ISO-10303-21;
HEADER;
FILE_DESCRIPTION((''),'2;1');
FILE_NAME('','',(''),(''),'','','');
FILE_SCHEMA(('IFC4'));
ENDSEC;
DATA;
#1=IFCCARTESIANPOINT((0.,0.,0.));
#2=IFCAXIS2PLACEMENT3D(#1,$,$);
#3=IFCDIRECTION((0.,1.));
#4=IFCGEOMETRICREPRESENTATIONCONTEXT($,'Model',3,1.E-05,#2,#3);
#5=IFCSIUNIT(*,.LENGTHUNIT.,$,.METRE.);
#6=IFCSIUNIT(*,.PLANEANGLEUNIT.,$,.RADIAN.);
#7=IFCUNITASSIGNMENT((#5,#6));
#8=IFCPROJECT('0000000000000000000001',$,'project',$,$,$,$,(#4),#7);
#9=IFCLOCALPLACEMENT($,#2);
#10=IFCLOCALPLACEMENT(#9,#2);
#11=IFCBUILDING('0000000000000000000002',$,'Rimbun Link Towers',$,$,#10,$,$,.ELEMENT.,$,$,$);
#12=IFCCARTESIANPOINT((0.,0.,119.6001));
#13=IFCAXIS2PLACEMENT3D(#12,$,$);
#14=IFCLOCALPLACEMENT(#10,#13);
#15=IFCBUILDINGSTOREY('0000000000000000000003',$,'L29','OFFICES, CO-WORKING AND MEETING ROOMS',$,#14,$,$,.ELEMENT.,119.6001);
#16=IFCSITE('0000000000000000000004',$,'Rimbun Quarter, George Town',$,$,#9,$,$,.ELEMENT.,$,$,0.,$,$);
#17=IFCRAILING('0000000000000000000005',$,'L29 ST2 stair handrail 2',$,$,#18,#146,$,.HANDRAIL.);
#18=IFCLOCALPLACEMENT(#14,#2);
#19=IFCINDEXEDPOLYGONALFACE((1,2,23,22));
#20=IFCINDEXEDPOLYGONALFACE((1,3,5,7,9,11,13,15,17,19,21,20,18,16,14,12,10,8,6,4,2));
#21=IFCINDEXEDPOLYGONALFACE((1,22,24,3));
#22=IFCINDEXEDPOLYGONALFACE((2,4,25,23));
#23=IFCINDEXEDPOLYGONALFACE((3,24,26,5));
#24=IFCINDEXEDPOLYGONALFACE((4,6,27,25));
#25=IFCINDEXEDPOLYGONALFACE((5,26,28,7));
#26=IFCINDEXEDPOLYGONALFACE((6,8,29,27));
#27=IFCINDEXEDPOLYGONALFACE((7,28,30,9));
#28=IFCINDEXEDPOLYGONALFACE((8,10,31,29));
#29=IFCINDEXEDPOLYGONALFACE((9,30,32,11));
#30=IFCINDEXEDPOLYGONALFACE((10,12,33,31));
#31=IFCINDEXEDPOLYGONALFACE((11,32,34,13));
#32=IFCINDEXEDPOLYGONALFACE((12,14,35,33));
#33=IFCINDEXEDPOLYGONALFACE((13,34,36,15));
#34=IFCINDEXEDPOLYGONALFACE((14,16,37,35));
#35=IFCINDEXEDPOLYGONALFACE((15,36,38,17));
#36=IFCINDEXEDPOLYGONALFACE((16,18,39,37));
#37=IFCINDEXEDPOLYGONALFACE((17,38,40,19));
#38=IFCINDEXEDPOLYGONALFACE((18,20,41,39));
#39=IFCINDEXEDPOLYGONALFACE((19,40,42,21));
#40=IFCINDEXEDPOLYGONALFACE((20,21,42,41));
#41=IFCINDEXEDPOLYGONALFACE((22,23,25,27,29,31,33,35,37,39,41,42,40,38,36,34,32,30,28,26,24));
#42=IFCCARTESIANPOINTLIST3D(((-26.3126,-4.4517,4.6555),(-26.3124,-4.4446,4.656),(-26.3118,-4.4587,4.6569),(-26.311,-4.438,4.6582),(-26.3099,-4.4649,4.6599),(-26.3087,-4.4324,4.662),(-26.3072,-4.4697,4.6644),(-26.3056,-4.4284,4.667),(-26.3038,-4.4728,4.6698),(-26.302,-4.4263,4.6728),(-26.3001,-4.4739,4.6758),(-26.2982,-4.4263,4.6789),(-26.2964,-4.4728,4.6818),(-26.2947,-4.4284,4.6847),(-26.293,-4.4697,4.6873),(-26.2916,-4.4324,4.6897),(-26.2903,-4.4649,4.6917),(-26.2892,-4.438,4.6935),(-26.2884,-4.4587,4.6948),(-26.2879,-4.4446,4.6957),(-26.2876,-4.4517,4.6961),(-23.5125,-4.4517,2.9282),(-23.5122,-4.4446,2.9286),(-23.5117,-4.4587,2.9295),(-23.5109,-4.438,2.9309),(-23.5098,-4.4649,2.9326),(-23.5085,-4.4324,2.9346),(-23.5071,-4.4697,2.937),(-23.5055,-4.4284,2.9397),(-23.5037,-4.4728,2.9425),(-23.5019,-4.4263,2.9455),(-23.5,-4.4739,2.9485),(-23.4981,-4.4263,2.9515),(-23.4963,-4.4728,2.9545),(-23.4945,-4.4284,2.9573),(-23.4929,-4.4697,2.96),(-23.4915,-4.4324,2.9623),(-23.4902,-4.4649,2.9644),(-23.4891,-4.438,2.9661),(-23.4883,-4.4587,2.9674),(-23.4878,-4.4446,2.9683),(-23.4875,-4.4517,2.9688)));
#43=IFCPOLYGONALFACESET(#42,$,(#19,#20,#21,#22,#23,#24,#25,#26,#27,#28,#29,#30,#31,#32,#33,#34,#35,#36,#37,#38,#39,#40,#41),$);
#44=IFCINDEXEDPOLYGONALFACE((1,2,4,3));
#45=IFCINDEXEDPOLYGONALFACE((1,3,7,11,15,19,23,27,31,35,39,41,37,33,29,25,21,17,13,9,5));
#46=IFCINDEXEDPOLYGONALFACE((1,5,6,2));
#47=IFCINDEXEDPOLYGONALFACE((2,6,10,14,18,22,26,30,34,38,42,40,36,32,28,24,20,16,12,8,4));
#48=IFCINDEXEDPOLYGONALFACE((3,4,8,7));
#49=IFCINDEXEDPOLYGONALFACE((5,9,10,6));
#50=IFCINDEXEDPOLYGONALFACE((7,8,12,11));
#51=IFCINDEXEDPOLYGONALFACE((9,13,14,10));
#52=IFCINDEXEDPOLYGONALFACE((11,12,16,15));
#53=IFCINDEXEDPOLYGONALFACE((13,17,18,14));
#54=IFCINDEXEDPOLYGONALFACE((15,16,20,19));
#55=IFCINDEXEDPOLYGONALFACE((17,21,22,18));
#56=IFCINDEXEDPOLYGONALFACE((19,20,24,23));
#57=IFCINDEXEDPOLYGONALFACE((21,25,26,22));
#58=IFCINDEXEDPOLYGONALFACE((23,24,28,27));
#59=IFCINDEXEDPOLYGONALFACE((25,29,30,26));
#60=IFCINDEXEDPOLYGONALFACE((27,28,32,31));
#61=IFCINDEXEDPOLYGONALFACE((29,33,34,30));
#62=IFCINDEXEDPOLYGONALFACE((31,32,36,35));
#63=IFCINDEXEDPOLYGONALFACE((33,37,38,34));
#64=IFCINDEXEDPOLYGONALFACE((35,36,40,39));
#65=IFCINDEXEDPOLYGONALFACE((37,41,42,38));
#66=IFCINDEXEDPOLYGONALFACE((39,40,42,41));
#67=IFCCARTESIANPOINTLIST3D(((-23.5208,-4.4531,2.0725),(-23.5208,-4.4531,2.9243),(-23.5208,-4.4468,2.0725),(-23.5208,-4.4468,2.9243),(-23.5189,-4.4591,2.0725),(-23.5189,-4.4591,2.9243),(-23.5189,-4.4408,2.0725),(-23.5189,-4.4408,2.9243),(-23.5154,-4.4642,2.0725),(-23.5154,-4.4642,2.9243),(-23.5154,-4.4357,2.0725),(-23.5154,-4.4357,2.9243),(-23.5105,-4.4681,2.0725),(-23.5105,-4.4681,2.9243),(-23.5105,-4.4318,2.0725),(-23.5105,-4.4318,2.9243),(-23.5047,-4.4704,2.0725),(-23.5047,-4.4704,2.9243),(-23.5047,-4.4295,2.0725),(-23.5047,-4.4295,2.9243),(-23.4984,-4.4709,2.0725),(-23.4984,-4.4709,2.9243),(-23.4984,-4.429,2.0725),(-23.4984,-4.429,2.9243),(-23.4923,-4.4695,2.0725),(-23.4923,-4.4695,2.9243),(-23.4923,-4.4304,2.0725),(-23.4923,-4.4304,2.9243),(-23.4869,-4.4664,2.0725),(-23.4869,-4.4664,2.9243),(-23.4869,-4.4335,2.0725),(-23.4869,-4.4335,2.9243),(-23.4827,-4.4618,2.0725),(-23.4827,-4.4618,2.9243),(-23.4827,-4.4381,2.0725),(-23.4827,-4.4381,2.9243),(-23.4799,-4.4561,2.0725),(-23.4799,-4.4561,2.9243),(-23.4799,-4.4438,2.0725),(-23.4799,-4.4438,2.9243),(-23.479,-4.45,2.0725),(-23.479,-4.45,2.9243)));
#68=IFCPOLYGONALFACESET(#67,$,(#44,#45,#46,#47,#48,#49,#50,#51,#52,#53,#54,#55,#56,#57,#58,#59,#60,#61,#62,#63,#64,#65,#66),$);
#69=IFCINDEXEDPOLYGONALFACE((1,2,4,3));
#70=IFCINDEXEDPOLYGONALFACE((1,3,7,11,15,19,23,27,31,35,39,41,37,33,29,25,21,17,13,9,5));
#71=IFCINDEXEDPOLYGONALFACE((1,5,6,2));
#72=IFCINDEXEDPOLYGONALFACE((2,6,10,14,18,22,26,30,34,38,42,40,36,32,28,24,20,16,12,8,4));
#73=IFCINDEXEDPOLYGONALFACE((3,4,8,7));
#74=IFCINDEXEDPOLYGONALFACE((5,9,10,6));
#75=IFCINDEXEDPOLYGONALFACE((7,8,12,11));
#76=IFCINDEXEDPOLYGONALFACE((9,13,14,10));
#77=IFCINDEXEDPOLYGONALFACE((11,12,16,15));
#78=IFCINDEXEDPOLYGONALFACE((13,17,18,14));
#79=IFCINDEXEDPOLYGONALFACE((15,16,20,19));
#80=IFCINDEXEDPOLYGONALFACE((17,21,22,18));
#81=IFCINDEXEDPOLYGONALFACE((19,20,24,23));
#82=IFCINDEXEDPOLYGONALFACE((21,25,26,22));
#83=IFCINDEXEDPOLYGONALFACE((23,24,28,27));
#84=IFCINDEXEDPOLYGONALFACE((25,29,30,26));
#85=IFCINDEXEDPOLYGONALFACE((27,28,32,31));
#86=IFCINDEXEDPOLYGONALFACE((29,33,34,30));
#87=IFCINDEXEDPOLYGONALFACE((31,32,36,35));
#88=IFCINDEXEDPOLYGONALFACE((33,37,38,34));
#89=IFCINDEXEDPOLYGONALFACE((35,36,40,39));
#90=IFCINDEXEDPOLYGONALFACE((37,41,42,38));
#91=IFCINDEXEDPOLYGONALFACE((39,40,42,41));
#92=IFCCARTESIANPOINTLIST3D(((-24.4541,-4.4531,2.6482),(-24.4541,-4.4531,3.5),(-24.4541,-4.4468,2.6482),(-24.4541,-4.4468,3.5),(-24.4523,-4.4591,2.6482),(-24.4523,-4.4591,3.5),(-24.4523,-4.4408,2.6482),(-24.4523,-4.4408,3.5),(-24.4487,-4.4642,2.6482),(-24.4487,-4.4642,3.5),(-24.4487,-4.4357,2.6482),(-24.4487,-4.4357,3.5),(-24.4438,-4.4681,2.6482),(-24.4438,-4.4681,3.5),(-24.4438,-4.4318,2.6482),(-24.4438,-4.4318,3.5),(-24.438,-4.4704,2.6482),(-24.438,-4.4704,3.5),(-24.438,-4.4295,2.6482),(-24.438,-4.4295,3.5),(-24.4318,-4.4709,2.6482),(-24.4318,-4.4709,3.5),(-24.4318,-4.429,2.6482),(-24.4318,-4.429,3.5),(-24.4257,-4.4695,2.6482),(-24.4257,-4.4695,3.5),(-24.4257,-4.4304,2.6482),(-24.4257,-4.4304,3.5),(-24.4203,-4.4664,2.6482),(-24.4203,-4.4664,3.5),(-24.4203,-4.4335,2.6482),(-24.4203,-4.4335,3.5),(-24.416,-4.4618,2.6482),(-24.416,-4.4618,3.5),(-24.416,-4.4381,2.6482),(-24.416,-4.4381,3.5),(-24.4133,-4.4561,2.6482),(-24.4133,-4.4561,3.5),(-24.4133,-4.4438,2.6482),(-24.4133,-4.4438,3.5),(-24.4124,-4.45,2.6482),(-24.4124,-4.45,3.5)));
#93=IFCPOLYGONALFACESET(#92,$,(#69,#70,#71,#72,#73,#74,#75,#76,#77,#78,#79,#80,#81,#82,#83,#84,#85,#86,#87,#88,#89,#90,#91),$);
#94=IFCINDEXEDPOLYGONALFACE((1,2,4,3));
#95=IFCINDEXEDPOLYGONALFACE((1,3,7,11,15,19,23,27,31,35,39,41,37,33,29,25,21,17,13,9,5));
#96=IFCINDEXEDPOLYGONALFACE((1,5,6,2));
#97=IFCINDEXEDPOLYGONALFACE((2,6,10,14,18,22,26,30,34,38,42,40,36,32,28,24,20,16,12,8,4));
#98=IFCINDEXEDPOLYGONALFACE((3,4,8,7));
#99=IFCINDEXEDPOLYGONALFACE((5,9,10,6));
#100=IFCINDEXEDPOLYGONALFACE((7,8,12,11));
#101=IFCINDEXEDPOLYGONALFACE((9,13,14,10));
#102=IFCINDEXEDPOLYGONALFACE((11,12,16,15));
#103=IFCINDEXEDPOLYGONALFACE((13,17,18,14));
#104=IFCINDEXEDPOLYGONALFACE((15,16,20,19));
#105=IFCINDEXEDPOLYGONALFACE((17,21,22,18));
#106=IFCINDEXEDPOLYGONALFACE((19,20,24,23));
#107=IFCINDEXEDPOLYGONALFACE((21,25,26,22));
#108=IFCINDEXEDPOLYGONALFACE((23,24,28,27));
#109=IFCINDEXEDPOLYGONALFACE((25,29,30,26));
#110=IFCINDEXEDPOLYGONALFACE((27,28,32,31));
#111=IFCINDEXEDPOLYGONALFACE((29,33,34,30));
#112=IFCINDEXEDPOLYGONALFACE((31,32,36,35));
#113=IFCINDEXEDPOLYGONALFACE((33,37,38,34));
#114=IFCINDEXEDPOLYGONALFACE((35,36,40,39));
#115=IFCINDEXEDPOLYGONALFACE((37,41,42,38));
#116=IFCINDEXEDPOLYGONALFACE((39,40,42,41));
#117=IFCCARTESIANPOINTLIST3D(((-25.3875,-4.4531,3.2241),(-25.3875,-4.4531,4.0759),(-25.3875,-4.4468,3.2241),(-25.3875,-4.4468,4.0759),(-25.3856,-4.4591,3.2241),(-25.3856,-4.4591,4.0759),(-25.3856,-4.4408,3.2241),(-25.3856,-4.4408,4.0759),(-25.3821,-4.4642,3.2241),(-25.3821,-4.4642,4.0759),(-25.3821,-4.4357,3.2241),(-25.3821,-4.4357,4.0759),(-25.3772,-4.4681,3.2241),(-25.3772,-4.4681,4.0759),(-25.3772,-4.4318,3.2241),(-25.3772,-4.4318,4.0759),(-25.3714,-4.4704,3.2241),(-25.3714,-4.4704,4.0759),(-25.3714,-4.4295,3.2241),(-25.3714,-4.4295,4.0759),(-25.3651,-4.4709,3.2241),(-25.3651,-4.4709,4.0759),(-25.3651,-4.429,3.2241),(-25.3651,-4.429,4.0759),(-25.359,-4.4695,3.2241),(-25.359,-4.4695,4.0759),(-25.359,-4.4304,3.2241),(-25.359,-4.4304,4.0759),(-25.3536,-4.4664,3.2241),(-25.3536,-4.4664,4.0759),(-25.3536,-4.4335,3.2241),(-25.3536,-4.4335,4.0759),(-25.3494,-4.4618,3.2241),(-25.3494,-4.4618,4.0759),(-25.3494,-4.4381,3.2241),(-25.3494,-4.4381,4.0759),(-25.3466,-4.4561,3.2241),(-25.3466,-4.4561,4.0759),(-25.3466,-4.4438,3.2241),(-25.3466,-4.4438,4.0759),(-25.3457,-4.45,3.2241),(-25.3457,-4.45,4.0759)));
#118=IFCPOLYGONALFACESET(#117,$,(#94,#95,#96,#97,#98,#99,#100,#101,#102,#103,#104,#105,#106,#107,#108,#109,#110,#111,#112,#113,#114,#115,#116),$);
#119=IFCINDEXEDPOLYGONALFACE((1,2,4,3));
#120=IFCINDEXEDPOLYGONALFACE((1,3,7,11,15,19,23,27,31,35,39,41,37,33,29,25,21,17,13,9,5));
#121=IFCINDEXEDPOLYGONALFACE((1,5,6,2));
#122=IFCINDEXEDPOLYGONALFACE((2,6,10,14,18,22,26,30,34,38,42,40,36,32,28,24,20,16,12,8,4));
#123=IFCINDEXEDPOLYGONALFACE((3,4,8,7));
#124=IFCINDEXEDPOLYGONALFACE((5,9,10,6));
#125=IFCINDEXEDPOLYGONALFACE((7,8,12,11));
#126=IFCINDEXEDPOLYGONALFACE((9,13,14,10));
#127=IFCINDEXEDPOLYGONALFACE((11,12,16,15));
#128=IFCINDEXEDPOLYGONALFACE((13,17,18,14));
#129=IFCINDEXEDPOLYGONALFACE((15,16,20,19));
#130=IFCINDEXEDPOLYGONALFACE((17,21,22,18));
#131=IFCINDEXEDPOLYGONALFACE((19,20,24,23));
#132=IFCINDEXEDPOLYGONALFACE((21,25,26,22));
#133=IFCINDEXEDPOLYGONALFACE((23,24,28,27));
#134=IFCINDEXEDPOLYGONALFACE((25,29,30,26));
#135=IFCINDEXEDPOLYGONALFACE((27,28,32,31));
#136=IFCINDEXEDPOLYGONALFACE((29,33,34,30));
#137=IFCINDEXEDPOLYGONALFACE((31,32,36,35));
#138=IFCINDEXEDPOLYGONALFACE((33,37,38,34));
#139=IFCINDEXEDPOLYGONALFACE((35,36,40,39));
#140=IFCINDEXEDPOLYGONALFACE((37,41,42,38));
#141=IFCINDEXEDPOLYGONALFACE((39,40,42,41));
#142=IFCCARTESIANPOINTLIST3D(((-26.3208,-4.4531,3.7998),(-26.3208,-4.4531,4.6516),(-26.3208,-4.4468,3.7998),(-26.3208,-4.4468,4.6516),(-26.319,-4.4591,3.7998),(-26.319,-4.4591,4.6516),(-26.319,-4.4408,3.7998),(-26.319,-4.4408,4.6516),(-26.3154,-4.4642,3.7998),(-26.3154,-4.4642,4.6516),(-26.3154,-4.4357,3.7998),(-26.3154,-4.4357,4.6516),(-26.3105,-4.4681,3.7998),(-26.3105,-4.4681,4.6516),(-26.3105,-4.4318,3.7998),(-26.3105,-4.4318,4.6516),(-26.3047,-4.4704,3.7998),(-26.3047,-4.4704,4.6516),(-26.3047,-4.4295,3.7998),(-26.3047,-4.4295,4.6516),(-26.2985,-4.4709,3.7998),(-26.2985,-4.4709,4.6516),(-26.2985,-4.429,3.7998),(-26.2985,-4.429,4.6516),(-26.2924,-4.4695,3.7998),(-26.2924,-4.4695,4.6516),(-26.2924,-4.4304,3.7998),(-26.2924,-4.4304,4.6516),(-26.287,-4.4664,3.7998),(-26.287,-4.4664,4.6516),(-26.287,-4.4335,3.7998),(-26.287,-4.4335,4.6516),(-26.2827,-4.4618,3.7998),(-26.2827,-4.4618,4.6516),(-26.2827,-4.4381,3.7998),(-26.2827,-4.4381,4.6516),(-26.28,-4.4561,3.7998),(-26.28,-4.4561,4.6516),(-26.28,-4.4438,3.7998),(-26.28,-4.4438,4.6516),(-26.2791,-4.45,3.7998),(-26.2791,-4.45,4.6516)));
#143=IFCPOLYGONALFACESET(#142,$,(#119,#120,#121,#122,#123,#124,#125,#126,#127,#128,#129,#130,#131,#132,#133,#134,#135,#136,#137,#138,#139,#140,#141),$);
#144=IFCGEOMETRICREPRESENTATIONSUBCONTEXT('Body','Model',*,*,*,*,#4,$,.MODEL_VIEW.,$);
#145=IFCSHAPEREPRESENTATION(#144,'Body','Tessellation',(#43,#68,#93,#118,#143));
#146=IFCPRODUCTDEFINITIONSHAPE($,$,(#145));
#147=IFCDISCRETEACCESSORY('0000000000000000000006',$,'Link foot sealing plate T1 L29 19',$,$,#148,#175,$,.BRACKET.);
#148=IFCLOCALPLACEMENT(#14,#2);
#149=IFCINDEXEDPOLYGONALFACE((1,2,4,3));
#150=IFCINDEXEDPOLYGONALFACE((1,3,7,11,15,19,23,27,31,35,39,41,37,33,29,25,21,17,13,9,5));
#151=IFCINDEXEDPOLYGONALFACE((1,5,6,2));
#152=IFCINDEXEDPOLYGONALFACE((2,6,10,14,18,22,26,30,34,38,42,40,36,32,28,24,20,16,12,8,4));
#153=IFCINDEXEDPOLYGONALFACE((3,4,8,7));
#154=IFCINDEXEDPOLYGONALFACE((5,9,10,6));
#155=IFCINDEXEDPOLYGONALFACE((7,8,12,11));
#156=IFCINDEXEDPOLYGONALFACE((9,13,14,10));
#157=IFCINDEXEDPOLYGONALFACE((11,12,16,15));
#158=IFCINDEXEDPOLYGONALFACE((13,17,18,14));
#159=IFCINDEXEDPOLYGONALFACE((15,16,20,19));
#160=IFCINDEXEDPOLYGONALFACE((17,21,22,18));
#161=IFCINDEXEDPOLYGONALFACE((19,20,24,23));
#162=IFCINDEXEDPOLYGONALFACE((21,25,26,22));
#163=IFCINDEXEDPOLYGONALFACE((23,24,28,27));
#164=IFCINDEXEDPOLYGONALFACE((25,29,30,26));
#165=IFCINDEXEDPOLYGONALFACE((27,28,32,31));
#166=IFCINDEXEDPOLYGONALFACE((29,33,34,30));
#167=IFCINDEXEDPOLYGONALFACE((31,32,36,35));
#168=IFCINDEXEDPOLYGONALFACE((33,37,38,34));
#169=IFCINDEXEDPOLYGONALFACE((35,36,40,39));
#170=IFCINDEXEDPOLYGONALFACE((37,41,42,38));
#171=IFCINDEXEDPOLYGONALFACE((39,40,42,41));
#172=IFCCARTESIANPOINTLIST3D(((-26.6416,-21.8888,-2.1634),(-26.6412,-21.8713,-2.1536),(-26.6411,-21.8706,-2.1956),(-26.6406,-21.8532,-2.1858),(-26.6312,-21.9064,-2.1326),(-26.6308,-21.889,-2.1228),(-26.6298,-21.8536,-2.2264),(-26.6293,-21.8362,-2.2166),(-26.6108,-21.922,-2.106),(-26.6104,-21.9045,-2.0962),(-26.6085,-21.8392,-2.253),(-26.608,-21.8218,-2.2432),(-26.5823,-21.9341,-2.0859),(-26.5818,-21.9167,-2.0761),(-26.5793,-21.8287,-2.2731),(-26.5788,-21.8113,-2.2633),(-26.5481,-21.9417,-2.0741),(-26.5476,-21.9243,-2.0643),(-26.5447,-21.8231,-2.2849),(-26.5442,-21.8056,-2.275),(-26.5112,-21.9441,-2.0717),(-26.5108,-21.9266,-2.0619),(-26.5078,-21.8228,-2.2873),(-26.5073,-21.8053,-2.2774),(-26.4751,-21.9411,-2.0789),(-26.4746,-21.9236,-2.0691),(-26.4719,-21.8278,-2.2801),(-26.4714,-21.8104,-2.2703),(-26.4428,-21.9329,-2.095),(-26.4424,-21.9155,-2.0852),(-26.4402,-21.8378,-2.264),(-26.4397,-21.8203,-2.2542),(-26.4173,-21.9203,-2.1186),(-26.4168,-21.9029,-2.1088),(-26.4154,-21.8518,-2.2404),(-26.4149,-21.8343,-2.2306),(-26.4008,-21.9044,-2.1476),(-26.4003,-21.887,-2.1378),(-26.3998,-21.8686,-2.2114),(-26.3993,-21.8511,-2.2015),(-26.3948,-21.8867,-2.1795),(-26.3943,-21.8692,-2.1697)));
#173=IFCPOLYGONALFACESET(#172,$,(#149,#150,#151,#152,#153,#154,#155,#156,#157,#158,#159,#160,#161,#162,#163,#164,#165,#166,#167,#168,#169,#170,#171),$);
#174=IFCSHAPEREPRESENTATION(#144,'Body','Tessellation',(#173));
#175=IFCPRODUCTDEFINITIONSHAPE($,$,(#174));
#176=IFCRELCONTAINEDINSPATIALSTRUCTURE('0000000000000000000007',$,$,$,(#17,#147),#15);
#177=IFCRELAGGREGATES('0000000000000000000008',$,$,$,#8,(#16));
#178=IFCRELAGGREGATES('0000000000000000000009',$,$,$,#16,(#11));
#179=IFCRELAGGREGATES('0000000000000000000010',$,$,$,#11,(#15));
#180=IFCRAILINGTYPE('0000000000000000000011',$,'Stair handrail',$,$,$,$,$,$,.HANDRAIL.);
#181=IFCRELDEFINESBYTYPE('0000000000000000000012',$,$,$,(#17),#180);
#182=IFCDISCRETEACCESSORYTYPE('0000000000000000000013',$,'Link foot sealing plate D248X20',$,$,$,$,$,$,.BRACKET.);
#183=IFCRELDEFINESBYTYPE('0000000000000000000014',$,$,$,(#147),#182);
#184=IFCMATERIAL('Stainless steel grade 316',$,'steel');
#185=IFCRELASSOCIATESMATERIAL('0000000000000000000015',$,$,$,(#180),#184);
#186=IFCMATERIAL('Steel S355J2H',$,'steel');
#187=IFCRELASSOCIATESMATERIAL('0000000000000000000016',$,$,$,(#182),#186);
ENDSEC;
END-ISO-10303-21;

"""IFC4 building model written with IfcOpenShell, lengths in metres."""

from ifc_helpers import new_model, si_unit, direction, frame, origin, origin_2d, place, context, subcontext, project, spatial, circle, extrude, material, material_profile, profile_set, type_object, element, save


model = new_model("IFC4")

# Units and contexts
model_context = context("Model", 3, precision=1e-05, world=origin(), true_north=direction((0.0, 1.0)))
body_context = subcontext(model_context, "Body", "Model", "MODEL_VIEW")
ifc_project = project(units=[si_unit("LENGTHUNIT", "METRE"), si_unit("PLANEANGLEUNIT", "RADIAN")], contexts=[model_context])

# Site, building, storey
site_placement = place(None, origin())
site = spatial("IfcSite", under=ifc_project, at=site_placement, Name="Rimbun Quarter, George Town", CompositionType="ELEMENT", RefElevation=0.0)
building_placement = place(site_placement, origin())
building = spatial("IfcBuilding", under=site, at=building_placement, Name="Rimbun Link Towers", CompositionType="ELEMENT")
storey_placement = place(building_placement, frame((0.0, 0.0, 119.6001)))
storey = spatial("IfcBuildingStorey", under=building, at=storey_placement, Name="L29", Description="OFFICES, CO-WORKING AND MEETING ROOMS", CompositionType="ELEMENT", Elevation=119.6001)

# Railing
ifc_material_1 = material(Name="Stainless steel grade 316", Category="steel")
railing_type_1 = type_object("IfcRailingType", Name="Stair handrail", PredefinedType="HANDRAIL", material=ifc_material_1)
railing_1_placement = place(storey_placement, frame((-23.5, -4.45, 2.0725)))
element("IfcRailing", 1, at=railing_1_placement, inside=storey, type_object=railing_type_1, Name="L29 ST2 stair handrail 2", PredefinedType="HANDRAIL", context=body_context, shape_type="SweptSolid", body=[
    extrude(circle(Radius=0.0239, at=origin_2d()), frame((0.0, 0.0, 0.876), z_axis=(-0.85109, 0.0, 0.52502), x_axis=(0.0, -1.0, 0.0)), (0.0, 0.0, 1.0), 3.29),
    extrude(circle(Radius=0.021, at=origin_2d()), origin(), (0.0, 0.0, 1.0), 0.8518),
    extrude(circle(Radius=0.021, at=origin_2d()), frame((-0.9333, 0.0, 0.5757)), (0.0, 0.0, 1.0), 0.8518),
    extrude(circle(Radius=0.021, at=origin_2d()), frame((-1.8667, 0.0, 1.1516)), (0.0, 0.0, 1.0), 0.8518),
    extrude(circle(Radius=0.021, at=origin_2d()), frame((-2.8, 0.0, 1.7273)), (0.0, 0.0, 1.0), 0.8518),
])

# Discrete accessory
ifc_material_2 = material(Name="Steel S355J2H", Category="steel")
ifc_material_profile_1 = material_profile(ifc_material_2, circle(Radius=0.124, at=origin_2d()), Name="PL D248")
ifc_profile_set_1 = profile_set([ifc_material_profile_1], Name="Steel S355J2H")
discrete_accessory_type = type_object("IfcDiscreteAccessoryType", Name="Link foot sealing plate D248X20", PredefinedType="BRACKET", material=ifc_profile_set_1)
discrete_accessory_placement = place(storey_placement, frame((-26.5183, -21.8657, -2.1697), z_axis=(-0.024535, -0.870985, -0.490696), x_axis=(0.999603, -0.028158, 0.0)))
element("IfcDiscreteAccessory", 2, at=discrete_accessory_placement, inside=storey, type_object=discrete_accessory_type, Name="Link foot sealing plate T1 L29 19", PredefinedType="BRACKET", context=body_context, shape_type="SweptSolid", body=[
    extrude(circle(Radius=0.124, at=origin_2d()), origin(), (0.0, 0.0, 1.0), 0.02),
])

save(model, "model.ifc")
